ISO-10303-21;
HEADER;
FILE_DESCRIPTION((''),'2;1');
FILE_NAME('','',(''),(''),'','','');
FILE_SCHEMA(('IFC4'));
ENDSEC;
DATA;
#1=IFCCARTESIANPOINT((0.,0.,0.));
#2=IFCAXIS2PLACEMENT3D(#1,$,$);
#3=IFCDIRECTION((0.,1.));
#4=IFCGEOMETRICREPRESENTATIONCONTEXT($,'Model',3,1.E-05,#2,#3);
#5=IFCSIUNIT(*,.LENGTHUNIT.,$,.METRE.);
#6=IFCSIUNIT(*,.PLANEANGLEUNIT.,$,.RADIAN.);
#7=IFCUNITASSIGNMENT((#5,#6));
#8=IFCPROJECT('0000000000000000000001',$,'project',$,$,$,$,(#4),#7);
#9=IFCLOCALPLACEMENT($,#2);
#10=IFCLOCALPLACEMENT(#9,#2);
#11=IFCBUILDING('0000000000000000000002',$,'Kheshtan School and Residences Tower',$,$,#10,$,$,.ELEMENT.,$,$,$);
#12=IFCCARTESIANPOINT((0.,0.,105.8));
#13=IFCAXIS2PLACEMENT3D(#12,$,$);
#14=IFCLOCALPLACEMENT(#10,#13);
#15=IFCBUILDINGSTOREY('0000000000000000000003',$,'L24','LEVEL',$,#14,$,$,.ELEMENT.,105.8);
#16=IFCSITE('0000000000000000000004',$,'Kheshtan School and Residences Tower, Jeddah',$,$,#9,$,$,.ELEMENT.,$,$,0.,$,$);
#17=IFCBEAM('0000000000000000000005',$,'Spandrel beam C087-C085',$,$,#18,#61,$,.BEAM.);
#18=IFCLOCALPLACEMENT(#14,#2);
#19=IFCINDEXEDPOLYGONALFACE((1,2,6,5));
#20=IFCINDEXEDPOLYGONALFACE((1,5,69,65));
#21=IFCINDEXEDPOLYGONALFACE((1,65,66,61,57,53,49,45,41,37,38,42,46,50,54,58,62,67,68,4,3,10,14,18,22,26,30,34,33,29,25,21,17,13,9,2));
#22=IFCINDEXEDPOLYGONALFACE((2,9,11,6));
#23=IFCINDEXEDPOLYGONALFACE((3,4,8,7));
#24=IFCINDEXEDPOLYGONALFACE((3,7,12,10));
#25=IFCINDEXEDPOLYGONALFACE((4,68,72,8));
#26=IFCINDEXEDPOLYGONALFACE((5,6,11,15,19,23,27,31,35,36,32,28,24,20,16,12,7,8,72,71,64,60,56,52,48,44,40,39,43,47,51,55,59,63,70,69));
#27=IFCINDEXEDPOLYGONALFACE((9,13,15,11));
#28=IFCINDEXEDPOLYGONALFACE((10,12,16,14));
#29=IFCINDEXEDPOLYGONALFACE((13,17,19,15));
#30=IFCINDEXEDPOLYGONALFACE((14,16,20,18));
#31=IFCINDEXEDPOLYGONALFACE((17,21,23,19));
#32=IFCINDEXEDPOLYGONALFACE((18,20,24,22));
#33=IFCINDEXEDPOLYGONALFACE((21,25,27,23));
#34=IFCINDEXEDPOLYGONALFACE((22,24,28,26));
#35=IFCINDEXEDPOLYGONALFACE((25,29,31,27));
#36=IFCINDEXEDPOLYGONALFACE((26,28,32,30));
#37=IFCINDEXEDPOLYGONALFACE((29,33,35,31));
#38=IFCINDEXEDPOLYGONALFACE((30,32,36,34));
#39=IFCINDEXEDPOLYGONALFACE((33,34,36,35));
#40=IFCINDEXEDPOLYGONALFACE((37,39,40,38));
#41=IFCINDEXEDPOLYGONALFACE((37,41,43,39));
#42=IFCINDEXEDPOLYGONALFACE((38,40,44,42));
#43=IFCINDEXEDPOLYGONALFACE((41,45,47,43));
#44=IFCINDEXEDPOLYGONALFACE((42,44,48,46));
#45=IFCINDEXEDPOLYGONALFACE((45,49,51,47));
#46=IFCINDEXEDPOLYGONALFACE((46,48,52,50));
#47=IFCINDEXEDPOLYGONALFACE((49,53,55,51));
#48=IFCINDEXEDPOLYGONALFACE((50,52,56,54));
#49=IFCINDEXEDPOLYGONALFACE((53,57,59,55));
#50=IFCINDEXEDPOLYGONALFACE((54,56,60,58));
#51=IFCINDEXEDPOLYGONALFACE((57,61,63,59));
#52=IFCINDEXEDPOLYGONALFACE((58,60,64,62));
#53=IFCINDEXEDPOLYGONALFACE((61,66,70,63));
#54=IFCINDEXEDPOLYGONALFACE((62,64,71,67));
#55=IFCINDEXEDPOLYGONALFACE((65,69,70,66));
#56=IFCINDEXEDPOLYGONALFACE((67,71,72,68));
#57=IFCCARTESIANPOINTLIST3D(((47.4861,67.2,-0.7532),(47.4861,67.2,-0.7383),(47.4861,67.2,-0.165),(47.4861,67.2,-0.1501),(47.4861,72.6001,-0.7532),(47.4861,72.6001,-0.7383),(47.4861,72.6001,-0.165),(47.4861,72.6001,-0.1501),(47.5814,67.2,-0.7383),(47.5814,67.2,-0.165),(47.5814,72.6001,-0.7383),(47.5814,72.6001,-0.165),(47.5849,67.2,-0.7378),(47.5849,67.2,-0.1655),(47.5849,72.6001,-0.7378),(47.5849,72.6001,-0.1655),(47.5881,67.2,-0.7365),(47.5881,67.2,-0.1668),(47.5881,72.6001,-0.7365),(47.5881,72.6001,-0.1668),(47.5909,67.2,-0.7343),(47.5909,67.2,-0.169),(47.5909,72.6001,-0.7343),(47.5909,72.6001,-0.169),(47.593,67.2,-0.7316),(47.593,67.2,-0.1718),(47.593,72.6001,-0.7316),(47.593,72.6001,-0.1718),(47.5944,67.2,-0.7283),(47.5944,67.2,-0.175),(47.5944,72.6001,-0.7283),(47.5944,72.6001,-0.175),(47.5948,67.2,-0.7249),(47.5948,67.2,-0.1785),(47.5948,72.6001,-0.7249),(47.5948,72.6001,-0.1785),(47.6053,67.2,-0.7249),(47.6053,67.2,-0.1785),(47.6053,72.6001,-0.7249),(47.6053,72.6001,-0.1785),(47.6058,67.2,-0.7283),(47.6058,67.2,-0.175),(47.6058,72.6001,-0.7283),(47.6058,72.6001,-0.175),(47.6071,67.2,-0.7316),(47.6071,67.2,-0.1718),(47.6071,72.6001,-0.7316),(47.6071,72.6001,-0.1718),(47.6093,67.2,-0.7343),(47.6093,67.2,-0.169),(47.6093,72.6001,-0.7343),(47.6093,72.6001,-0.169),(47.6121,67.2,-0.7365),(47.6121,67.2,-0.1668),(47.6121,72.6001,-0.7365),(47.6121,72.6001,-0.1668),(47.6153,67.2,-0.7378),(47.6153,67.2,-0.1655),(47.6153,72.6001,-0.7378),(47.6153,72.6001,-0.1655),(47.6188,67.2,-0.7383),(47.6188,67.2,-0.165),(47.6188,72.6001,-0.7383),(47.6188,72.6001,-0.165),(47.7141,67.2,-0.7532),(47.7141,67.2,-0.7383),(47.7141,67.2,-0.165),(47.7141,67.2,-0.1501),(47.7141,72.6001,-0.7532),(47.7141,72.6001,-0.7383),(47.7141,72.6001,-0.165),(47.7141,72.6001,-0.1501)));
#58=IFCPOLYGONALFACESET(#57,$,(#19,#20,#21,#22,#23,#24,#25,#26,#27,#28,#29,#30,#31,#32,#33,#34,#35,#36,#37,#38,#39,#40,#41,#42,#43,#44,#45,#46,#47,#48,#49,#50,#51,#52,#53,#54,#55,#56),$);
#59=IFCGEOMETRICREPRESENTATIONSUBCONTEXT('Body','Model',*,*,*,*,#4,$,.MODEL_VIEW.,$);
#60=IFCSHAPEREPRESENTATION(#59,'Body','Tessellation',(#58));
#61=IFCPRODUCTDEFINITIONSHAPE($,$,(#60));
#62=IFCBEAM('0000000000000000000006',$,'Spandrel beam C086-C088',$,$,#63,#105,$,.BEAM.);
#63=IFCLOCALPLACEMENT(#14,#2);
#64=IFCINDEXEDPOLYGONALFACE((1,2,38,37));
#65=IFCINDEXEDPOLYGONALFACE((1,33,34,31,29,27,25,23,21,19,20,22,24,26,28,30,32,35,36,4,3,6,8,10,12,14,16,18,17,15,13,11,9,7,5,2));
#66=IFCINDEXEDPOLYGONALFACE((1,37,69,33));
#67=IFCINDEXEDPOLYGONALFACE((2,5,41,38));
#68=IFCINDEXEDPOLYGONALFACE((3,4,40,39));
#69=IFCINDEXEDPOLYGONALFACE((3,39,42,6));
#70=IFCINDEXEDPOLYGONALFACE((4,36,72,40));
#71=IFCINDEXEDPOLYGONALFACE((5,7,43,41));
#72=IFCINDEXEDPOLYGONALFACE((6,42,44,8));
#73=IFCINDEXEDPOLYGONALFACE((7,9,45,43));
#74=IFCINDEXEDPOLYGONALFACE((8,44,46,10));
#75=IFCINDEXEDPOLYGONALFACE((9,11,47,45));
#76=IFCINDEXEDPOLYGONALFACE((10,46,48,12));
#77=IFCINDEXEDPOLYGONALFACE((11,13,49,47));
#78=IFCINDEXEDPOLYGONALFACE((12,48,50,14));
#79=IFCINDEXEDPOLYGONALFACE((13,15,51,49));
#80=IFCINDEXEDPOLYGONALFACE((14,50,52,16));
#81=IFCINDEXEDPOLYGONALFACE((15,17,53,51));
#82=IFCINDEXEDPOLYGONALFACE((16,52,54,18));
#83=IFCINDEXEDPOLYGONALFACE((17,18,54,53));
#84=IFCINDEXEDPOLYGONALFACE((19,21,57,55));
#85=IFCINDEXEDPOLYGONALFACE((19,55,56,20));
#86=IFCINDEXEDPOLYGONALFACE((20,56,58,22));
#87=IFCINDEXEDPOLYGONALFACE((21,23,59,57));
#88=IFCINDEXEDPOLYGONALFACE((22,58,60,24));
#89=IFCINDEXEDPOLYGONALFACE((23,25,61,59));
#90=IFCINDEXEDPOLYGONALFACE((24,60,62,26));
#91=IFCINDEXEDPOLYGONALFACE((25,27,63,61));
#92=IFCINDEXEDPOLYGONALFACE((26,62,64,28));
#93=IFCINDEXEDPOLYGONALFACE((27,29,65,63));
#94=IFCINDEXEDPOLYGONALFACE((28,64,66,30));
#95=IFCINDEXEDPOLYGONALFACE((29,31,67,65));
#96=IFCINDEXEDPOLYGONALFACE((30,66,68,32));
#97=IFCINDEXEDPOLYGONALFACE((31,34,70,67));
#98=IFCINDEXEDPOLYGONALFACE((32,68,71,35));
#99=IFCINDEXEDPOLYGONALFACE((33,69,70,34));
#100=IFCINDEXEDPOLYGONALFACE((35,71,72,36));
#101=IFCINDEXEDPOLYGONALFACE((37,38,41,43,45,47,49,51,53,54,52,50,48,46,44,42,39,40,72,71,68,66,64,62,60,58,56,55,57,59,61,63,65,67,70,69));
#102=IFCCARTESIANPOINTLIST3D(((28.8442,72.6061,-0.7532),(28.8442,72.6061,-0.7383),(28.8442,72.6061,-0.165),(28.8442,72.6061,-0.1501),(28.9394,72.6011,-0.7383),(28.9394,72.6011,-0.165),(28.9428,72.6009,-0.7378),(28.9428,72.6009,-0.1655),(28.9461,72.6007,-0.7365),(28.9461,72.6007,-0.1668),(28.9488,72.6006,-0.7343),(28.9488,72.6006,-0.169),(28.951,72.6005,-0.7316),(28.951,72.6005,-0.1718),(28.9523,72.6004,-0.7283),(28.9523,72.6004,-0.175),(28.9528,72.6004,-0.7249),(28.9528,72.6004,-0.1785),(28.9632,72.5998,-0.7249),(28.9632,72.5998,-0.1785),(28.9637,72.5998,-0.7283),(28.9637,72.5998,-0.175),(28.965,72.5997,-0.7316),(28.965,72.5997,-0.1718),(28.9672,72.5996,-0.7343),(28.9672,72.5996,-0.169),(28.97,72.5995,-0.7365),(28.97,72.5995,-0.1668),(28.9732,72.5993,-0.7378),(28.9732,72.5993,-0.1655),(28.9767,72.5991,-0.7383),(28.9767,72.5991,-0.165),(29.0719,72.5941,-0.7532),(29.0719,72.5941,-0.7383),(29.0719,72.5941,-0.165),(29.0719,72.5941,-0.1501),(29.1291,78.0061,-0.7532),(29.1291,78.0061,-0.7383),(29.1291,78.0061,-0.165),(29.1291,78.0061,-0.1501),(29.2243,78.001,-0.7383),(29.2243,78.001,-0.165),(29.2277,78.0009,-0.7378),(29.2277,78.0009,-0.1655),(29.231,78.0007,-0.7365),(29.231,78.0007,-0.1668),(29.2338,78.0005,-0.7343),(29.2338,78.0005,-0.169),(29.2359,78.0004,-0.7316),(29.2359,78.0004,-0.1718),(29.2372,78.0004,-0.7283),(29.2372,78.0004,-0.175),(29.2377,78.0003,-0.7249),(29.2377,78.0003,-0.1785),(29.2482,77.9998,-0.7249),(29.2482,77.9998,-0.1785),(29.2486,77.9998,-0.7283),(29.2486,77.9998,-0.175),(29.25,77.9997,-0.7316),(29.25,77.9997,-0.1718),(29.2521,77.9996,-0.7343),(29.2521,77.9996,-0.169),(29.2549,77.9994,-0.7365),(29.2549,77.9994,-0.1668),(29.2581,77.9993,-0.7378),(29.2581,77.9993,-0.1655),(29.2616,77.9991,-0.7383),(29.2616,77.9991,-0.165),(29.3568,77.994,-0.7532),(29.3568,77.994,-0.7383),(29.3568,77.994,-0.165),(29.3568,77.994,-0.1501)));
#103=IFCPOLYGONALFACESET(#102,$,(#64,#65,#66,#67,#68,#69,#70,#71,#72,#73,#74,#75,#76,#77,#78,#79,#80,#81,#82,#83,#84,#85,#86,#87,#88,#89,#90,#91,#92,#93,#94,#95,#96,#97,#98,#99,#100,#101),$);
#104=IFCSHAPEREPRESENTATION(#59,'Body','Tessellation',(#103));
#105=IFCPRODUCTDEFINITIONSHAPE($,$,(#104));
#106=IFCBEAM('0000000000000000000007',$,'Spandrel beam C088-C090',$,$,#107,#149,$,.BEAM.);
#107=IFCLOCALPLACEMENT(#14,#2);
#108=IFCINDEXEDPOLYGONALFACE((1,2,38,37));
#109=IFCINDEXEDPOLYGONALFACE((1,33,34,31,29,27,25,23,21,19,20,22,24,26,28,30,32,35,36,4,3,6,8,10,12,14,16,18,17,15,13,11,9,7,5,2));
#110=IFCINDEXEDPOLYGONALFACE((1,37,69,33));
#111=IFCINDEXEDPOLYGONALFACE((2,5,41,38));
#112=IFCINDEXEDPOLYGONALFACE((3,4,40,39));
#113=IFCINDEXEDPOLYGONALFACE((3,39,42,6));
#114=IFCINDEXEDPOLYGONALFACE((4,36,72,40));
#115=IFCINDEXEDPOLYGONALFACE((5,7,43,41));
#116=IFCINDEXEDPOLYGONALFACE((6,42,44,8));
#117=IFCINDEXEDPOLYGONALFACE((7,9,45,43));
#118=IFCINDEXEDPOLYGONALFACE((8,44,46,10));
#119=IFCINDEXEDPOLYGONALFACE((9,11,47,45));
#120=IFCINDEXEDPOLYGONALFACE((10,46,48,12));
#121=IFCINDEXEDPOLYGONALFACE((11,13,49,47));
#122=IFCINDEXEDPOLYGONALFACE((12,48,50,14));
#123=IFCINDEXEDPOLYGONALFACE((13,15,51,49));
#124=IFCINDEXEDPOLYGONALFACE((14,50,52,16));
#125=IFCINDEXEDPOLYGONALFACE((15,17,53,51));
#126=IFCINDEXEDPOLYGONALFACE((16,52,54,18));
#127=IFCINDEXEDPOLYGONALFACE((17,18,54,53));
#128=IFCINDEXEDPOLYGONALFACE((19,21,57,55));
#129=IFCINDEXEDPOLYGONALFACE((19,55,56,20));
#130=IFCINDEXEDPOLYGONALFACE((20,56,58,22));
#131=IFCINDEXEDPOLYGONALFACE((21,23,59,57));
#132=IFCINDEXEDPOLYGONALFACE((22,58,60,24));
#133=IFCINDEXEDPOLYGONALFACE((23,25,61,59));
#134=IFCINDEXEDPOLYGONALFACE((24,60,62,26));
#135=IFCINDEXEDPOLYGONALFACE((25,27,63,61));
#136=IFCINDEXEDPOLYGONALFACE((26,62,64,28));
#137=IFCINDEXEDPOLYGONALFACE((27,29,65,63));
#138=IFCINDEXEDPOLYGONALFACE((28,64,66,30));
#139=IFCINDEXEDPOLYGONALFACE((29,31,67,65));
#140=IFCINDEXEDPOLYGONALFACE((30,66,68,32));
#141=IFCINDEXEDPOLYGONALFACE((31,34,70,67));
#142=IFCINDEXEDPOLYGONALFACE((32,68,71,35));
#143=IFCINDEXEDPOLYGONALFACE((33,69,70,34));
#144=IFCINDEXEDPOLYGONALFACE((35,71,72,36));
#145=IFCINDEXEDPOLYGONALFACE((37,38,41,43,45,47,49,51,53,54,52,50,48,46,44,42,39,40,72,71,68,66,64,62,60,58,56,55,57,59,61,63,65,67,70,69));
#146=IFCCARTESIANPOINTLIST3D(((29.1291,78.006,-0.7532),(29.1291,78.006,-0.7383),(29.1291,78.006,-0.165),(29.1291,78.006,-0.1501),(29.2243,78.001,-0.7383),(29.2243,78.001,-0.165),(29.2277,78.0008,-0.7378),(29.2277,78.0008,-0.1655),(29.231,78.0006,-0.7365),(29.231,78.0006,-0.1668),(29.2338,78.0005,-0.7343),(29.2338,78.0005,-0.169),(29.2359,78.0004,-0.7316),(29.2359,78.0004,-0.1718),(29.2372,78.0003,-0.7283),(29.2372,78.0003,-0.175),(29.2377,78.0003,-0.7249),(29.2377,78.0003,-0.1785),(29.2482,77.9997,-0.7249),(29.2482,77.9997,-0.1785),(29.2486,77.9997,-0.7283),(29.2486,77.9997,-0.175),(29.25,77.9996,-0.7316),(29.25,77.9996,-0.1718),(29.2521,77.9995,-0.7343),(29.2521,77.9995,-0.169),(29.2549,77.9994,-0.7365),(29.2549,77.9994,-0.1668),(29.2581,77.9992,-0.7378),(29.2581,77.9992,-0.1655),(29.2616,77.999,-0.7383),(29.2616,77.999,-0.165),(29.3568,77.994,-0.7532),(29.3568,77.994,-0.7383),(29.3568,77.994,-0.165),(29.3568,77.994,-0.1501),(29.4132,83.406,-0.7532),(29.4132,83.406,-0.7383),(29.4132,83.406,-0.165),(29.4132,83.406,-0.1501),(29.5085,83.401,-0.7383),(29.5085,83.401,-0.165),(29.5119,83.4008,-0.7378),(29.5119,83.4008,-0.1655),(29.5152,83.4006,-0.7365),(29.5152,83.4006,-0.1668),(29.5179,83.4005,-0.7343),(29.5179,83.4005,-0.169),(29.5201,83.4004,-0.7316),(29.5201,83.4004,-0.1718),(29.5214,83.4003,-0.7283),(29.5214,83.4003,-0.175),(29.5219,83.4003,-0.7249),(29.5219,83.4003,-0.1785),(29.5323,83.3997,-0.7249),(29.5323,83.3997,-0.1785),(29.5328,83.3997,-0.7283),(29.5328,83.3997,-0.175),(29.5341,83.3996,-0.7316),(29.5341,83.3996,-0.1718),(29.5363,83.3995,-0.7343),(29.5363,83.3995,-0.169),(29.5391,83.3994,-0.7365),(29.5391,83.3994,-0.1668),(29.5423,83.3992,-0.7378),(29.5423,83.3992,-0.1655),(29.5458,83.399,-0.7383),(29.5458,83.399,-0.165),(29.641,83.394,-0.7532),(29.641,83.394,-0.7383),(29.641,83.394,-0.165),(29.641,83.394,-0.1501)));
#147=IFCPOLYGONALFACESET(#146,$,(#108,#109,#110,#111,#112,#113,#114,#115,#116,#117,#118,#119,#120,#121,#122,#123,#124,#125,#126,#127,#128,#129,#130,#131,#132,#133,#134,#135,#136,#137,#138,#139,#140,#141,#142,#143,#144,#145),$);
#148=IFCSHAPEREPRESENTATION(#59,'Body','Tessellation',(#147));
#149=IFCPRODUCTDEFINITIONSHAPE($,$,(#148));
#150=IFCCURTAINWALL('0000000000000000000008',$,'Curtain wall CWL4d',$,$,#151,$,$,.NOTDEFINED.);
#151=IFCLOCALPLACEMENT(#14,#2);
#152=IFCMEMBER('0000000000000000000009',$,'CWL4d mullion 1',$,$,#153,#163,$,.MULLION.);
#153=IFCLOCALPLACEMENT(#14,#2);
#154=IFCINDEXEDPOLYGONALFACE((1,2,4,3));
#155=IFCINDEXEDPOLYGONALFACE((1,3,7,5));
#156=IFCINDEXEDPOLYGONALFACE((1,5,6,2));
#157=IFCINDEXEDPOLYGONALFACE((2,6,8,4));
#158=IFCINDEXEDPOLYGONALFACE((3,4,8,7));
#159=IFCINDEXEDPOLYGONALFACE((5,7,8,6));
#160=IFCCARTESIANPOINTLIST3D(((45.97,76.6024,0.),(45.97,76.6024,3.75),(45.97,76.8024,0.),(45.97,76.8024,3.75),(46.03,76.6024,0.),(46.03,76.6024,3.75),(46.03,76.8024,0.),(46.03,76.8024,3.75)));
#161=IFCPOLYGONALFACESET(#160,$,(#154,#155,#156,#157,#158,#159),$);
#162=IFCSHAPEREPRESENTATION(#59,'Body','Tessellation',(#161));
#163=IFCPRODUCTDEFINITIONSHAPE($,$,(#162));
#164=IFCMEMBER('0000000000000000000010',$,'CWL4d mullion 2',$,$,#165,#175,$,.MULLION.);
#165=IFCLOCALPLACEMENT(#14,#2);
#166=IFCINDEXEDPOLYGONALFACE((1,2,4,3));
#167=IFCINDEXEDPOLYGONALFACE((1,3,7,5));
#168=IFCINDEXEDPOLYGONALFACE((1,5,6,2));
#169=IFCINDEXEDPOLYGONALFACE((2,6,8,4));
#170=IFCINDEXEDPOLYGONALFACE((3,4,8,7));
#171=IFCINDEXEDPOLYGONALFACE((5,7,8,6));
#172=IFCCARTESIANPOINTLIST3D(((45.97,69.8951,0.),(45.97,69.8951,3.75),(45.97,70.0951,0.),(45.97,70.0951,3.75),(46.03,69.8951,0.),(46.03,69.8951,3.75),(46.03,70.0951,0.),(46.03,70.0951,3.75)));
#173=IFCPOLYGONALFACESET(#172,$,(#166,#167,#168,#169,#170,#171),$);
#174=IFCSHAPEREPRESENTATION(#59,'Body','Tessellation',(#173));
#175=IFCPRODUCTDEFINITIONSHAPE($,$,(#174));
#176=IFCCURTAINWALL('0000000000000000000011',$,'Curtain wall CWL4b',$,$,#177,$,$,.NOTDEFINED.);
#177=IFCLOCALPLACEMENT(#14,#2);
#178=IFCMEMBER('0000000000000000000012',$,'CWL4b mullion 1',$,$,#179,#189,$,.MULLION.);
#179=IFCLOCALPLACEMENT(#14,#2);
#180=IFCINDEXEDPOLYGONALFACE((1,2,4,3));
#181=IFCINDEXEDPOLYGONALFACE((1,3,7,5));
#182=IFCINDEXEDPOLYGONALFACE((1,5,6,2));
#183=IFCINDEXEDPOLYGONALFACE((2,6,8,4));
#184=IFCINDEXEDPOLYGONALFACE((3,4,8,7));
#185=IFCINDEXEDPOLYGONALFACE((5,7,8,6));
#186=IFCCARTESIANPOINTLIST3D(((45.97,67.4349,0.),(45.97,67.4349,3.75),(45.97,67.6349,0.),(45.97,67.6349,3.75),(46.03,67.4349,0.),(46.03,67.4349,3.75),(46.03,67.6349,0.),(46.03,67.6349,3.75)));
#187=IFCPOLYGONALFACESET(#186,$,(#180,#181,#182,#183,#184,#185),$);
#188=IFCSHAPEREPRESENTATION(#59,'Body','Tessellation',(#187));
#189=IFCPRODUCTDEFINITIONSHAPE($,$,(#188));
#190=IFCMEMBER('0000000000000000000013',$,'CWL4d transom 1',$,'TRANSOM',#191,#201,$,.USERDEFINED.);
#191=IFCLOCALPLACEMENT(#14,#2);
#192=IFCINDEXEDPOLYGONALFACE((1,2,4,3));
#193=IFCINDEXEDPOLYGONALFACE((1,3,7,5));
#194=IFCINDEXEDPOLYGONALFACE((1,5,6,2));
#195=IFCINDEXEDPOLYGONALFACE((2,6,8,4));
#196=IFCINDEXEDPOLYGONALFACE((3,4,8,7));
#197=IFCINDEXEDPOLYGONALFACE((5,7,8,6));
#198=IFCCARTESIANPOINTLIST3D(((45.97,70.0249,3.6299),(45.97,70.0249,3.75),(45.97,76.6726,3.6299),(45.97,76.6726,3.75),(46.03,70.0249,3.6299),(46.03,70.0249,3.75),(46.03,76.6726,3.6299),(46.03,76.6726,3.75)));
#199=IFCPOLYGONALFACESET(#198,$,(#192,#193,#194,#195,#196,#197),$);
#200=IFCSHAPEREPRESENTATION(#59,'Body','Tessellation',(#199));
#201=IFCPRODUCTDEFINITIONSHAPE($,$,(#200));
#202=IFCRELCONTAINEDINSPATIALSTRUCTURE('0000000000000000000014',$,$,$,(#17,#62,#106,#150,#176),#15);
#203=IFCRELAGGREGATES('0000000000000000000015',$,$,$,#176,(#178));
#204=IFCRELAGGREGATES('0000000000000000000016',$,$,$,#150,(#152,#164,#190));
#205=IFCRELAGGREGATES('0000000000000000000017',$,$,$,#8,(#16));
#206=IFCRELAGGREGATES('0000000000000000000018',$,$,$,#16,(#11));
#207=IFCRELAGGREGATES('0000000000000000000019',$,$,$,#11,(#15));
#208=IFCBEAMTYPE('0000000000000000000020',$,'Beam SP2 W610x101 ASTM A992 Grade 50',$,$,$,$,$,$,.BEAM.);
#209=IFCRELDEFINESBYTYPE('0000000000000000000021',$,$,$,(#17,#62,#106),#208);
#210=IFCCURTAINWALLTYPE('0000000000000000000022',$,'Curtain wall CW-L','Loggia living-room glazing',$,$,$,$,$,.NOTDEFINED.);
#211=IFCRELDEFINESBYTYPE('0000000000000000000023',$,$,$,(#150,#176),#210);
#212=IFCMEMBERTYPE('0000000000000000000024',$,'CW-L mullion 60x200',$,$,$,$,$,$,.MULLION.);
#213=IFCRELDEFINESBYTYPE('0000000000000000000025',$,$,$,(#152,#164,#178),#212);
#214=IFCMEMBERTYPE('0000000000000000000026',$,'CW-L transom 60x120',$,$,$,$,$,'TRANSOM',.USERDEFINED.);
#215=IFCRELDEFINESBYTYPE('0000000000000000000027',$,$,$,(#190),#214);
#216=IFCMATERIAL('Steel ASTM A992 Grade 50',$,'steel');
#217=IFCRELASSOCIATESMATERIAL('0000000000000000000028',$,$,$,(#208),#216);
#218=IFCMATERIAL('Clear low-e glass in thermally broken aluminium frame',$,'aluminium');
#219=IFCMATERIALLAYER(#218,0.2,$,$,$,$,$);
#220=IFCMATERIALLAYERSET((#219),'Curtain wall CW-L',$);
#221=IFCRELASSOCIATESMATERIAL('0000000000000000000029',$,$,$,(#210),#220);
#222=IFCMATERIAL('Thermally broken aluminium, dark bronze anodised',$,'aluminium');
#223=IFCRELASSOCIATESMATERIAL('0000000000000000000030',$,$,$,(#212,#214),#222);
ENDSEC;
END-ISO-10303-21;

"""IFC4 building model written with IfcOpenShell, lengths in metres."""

from ifc_helpers import new_model, si_unit, direction, frame, origin, origin_2d, place, context, subcontext, project, spatial, rectangle, i_section, extrude, material, layer, layer_set, material_profile, profile_set, type_object, element, aggregate, save


model = new_model("IFC4")

# Units and contexts
model_context = context("Model", 3, precision=1e-05, world=origin(), true_north=direction((0.0, 1.0)))
body_context = subcontext(model_context, "Body", "Model", "MODEL_VIEW")
ifc_project = project(units=[si_unit("LENGTHUNIT", "METRE"), si_unit("PLANEANGLEUNIT", "RADIAN")], contexts=[model_context])

# Site, building, storey
site_placement = place(None, origin())
site = spatial("IfcSite", under=ifc_project, at=site_placement, Name="Kheshtan School and Residences Tower, Jeddah", CompositionType="ELEMENT", RefElevation=0.0)
building_placement = place(site_placement, origin())
building = spatial("IfcBuilding", under=site, at=building_placement, Name="Kheshtan School and Residences Tower", CompositionType="ELEMENT")
storey_placement = place(building_placement, frame((0.0, 0.0, 105.8)))
storey = spatial("IfcBuildingStorey", under=building, at=storey_placement, Name="L24", Description="LEVEL", CompositionType="ELEMENT", Elevation=105.8)

# Shared definitions
ifc_material_1 = material(Name="Steel ASTM A992 Grade 50", Category="steel")

# Beams
ifc_material_profile_1 = material_profile(ifc_material_1, i_section(OverallWidth=0.228, OverallDepth=0.603, WebThickness=0.0105, FlangeThickness=0.0149, FilletRadius=0.0134, at=origin_2d()), Name="W610x101")
ifc_profile_set_1 = profile_set([ifc_material_profile_1], Name="Steel ASTM A992 Grade 50")
beam_type_1 = type_object("IfcBeamType", Name="Beam SP2 W610x101 ASTM A992 Grade 50", PredefinedType="BEAM", material=ifc_profile_set_1)
beam_1_placement = place(storey_placement, frame((47.6001, 72.6001, -0.4517), z_axis=(0.0, -1.0, 0.0), x_axis=(1.0, 0.0, 0.0)))
element("IfcBeam", 1, at=beam_1_placement, inside=storey, type_object=beam_type_1, Name="Spandrel beam C087-C085", PredefinedType="BEAM", context=body_context, shape_type="SweptSolid", body=[
    extrude(i_section(OverallWidth=0.228, OverallDepth=0.603, WebThickness=0.0105, FlangeThickness=0.0149, FilletRadius=0.0134, at=origin_2d()), origin(), (0.0, 0.0, 1.0), 5.4001),
])
for number, where, z_axis, x_axis, name in (
    (2, (28.958, 72.6001, -0.4517), (0.052689, 0.998611, 0.0), (-0.998611, 0.052689, 0.0), "Spandrel beam C086-C088"),
    (3, (29.2429, 78.0, -0.4517), (0.052554, 0.998618, 0.0), (-0.998618, 0.052554, 0.0), "Spandrel beam C088-C090"),
):
    element("IfcBeam", number, at=place(storey_placement, frame(where, z_axis=z_axis, x_axis=x_axis)), inside=storey, type_object=beam_type_1, Name=name, PredefinedType="BEAM", context=body_context, shape_type="SweptSolid", body=[
        extrude(i_section(OverallWidth=0.228, OverallDepth=0.603, WebThickness=0.0105, FlangeThickness=0.0149, FilletRadius=0.0134, at=origin_2d()), origin(), (0.0, 0.0, 1.0), 5.4075),
    ])

# Curtain wall, members
ifc_material_2 = material(Name="Clear low-e glass in thermally broken aluminium frame", Category="aluminium")
ifc_layer_1 = layer(ifc_material_2, 0.2)
ifc_layer_set_1 = layer_set([ifc_layer_1], Name="Curtain wall CW-L")
curtain_wall_type = type_object("IfcCurtainWallType", Name="Curtain wall CW-L", Description="Loggia living-room glazing", PredefinedType="NOTDEFINED", material=ifc_layer_set_1)
curtain_wall_1_placement = place(storey_placement, origin())
curtain_wall_1 = element("IfcCurtainWall", 4, at=curtain_wall_1_placement, inside=storey, type_object=curtain_wall_type, Name="Curtain wall CWL4d", PredefinedType="NOTDEFINED")
ifc_material_3 = material(Name="Thermally broken aluminium, dark bronze anodised", Category="aluminium")
ifc_material_profile_2 = material_profile(ifc_material_3, rectangle(XDim=0.0601, YDim=0.2, at=origin_2d()), Name="CW-L mullion 60x200")
ifc_profile_set_2 = profile_set([ifc_material_profile_2], Name="Thermally broken aluminium, dark bronze anodised")
member_type_1 = type_object("IfcMemberType", Name="CW-L mullion 60x200", PredefinedType="MULLION", material=ifc_profile_set_2)
member_1_placement = place(storey_placement, frame((46.0, 76.7024, 0.0), z_axis=(0.0, 0.0, 1.0), x_axis=(1.0, 0.0, 0.0)))
member_1 = element("IfcMember", 5, at=member_1_placement, type_object=member_type_1, Name="CWL4d mullion 1", PredefinedType="MULLION", context=body_context, shape_type="SweptSolid", body=[
    extrude(rectangle(XDim=0.0601, YDim=0.2, at=origin_2d()), origin(), (0.0, 0.0, 1.0), 3.75),
])
member_2_placement = place(storey_placement, frame((46.0, 69.9951, 0.0), z_axis=(0.0, 0.0, 1.0), x_axis=(1.0, 0.0, 0.0)))
member_2 = element("IfcMember", 6, at=member_2_placement, type_object=member_type_1, Name="CWL4d mullion 2", PredefinedType="MULLION", context=body_context, shape_type="SweptSolid", body=[
    extrude(rectangle(XDim=0.0601, YDim=0.2, at=origin_2d()), origin(), (0.0, 0.0, 1.0), 3.75),
])

# Curtain wall, member
curtain_wall_2_placement = place(storey_placement, origin())
curtain_wall_2 = element("IfcCurtainWall", 7, at=curtain_wall_2_placement, inside=storey, type_object=curtain_wall_type, Name="Curtain wall CWL4b", PredefinedType="NOTDEFINED")
member_3_placement = place(storey_placement, frame((46.0, 67.5349, 0.0), z_axis=(0.0, 0.0, 1.0), x_axis=(1.0, 0.0, 0.0)))
member_3 = element("IfcMember", 8, at=member_3_placement, type_object=member_type_1, Name="CWL4b mullion 1", PredefinedType="MULLION", context=body_context, shape_type="SweptSolid", body=[
    extrude(rectangle(XDim=0.0601, YDim=0.2, at=origin_2d()), origin(), (0.0, 0.0, 1.0), 3.75),
])
aggregate(curtain_wall_2, [member_3])

# Member
ifc_material_profile_3 = material_profile(ifc_material_3, rectangle(XDim=0.0601, YDim=0.1201, at=origin_2d()), Name="CW-L transom 60x120")
ifc_profile_set_3 = profile_set([ifc_material_profile_3], Name="Thermally broken aluminium, dark bronze anodised")
member_type_2 = type_object("IfcMemberType", Name="CW-L transom 60x120", ElementType="TRANSOM", PredefinedType="USERDEFINED", material=ifc_profile_set_3)
member_4_placement = place(storey_placement, frame((46.0, 76.6726, 3.6899), z_axis=(0.0, -1.0, 0.0), x_axis=(1.0, 0.0, 0.0)))
member_4 = element("IfcMember", 9, at=member_4_placement, type_object=member_type_2, Name="CWL4d transom 1", ObjectType="TRANSOM", PredefinedType="USERDEFINED", context=body_context, shape_type="SweptSolid", body=[
    extrude(rectangle(XDim=0.0601, YDim=0.1201, at=origin_2d()), origin(), (0.0, 0.0, 1.0), 6.6477),
])

aggregate(curtain_wall_1, [member_1, member_2, member_4])

save(model, "model.ifc")
